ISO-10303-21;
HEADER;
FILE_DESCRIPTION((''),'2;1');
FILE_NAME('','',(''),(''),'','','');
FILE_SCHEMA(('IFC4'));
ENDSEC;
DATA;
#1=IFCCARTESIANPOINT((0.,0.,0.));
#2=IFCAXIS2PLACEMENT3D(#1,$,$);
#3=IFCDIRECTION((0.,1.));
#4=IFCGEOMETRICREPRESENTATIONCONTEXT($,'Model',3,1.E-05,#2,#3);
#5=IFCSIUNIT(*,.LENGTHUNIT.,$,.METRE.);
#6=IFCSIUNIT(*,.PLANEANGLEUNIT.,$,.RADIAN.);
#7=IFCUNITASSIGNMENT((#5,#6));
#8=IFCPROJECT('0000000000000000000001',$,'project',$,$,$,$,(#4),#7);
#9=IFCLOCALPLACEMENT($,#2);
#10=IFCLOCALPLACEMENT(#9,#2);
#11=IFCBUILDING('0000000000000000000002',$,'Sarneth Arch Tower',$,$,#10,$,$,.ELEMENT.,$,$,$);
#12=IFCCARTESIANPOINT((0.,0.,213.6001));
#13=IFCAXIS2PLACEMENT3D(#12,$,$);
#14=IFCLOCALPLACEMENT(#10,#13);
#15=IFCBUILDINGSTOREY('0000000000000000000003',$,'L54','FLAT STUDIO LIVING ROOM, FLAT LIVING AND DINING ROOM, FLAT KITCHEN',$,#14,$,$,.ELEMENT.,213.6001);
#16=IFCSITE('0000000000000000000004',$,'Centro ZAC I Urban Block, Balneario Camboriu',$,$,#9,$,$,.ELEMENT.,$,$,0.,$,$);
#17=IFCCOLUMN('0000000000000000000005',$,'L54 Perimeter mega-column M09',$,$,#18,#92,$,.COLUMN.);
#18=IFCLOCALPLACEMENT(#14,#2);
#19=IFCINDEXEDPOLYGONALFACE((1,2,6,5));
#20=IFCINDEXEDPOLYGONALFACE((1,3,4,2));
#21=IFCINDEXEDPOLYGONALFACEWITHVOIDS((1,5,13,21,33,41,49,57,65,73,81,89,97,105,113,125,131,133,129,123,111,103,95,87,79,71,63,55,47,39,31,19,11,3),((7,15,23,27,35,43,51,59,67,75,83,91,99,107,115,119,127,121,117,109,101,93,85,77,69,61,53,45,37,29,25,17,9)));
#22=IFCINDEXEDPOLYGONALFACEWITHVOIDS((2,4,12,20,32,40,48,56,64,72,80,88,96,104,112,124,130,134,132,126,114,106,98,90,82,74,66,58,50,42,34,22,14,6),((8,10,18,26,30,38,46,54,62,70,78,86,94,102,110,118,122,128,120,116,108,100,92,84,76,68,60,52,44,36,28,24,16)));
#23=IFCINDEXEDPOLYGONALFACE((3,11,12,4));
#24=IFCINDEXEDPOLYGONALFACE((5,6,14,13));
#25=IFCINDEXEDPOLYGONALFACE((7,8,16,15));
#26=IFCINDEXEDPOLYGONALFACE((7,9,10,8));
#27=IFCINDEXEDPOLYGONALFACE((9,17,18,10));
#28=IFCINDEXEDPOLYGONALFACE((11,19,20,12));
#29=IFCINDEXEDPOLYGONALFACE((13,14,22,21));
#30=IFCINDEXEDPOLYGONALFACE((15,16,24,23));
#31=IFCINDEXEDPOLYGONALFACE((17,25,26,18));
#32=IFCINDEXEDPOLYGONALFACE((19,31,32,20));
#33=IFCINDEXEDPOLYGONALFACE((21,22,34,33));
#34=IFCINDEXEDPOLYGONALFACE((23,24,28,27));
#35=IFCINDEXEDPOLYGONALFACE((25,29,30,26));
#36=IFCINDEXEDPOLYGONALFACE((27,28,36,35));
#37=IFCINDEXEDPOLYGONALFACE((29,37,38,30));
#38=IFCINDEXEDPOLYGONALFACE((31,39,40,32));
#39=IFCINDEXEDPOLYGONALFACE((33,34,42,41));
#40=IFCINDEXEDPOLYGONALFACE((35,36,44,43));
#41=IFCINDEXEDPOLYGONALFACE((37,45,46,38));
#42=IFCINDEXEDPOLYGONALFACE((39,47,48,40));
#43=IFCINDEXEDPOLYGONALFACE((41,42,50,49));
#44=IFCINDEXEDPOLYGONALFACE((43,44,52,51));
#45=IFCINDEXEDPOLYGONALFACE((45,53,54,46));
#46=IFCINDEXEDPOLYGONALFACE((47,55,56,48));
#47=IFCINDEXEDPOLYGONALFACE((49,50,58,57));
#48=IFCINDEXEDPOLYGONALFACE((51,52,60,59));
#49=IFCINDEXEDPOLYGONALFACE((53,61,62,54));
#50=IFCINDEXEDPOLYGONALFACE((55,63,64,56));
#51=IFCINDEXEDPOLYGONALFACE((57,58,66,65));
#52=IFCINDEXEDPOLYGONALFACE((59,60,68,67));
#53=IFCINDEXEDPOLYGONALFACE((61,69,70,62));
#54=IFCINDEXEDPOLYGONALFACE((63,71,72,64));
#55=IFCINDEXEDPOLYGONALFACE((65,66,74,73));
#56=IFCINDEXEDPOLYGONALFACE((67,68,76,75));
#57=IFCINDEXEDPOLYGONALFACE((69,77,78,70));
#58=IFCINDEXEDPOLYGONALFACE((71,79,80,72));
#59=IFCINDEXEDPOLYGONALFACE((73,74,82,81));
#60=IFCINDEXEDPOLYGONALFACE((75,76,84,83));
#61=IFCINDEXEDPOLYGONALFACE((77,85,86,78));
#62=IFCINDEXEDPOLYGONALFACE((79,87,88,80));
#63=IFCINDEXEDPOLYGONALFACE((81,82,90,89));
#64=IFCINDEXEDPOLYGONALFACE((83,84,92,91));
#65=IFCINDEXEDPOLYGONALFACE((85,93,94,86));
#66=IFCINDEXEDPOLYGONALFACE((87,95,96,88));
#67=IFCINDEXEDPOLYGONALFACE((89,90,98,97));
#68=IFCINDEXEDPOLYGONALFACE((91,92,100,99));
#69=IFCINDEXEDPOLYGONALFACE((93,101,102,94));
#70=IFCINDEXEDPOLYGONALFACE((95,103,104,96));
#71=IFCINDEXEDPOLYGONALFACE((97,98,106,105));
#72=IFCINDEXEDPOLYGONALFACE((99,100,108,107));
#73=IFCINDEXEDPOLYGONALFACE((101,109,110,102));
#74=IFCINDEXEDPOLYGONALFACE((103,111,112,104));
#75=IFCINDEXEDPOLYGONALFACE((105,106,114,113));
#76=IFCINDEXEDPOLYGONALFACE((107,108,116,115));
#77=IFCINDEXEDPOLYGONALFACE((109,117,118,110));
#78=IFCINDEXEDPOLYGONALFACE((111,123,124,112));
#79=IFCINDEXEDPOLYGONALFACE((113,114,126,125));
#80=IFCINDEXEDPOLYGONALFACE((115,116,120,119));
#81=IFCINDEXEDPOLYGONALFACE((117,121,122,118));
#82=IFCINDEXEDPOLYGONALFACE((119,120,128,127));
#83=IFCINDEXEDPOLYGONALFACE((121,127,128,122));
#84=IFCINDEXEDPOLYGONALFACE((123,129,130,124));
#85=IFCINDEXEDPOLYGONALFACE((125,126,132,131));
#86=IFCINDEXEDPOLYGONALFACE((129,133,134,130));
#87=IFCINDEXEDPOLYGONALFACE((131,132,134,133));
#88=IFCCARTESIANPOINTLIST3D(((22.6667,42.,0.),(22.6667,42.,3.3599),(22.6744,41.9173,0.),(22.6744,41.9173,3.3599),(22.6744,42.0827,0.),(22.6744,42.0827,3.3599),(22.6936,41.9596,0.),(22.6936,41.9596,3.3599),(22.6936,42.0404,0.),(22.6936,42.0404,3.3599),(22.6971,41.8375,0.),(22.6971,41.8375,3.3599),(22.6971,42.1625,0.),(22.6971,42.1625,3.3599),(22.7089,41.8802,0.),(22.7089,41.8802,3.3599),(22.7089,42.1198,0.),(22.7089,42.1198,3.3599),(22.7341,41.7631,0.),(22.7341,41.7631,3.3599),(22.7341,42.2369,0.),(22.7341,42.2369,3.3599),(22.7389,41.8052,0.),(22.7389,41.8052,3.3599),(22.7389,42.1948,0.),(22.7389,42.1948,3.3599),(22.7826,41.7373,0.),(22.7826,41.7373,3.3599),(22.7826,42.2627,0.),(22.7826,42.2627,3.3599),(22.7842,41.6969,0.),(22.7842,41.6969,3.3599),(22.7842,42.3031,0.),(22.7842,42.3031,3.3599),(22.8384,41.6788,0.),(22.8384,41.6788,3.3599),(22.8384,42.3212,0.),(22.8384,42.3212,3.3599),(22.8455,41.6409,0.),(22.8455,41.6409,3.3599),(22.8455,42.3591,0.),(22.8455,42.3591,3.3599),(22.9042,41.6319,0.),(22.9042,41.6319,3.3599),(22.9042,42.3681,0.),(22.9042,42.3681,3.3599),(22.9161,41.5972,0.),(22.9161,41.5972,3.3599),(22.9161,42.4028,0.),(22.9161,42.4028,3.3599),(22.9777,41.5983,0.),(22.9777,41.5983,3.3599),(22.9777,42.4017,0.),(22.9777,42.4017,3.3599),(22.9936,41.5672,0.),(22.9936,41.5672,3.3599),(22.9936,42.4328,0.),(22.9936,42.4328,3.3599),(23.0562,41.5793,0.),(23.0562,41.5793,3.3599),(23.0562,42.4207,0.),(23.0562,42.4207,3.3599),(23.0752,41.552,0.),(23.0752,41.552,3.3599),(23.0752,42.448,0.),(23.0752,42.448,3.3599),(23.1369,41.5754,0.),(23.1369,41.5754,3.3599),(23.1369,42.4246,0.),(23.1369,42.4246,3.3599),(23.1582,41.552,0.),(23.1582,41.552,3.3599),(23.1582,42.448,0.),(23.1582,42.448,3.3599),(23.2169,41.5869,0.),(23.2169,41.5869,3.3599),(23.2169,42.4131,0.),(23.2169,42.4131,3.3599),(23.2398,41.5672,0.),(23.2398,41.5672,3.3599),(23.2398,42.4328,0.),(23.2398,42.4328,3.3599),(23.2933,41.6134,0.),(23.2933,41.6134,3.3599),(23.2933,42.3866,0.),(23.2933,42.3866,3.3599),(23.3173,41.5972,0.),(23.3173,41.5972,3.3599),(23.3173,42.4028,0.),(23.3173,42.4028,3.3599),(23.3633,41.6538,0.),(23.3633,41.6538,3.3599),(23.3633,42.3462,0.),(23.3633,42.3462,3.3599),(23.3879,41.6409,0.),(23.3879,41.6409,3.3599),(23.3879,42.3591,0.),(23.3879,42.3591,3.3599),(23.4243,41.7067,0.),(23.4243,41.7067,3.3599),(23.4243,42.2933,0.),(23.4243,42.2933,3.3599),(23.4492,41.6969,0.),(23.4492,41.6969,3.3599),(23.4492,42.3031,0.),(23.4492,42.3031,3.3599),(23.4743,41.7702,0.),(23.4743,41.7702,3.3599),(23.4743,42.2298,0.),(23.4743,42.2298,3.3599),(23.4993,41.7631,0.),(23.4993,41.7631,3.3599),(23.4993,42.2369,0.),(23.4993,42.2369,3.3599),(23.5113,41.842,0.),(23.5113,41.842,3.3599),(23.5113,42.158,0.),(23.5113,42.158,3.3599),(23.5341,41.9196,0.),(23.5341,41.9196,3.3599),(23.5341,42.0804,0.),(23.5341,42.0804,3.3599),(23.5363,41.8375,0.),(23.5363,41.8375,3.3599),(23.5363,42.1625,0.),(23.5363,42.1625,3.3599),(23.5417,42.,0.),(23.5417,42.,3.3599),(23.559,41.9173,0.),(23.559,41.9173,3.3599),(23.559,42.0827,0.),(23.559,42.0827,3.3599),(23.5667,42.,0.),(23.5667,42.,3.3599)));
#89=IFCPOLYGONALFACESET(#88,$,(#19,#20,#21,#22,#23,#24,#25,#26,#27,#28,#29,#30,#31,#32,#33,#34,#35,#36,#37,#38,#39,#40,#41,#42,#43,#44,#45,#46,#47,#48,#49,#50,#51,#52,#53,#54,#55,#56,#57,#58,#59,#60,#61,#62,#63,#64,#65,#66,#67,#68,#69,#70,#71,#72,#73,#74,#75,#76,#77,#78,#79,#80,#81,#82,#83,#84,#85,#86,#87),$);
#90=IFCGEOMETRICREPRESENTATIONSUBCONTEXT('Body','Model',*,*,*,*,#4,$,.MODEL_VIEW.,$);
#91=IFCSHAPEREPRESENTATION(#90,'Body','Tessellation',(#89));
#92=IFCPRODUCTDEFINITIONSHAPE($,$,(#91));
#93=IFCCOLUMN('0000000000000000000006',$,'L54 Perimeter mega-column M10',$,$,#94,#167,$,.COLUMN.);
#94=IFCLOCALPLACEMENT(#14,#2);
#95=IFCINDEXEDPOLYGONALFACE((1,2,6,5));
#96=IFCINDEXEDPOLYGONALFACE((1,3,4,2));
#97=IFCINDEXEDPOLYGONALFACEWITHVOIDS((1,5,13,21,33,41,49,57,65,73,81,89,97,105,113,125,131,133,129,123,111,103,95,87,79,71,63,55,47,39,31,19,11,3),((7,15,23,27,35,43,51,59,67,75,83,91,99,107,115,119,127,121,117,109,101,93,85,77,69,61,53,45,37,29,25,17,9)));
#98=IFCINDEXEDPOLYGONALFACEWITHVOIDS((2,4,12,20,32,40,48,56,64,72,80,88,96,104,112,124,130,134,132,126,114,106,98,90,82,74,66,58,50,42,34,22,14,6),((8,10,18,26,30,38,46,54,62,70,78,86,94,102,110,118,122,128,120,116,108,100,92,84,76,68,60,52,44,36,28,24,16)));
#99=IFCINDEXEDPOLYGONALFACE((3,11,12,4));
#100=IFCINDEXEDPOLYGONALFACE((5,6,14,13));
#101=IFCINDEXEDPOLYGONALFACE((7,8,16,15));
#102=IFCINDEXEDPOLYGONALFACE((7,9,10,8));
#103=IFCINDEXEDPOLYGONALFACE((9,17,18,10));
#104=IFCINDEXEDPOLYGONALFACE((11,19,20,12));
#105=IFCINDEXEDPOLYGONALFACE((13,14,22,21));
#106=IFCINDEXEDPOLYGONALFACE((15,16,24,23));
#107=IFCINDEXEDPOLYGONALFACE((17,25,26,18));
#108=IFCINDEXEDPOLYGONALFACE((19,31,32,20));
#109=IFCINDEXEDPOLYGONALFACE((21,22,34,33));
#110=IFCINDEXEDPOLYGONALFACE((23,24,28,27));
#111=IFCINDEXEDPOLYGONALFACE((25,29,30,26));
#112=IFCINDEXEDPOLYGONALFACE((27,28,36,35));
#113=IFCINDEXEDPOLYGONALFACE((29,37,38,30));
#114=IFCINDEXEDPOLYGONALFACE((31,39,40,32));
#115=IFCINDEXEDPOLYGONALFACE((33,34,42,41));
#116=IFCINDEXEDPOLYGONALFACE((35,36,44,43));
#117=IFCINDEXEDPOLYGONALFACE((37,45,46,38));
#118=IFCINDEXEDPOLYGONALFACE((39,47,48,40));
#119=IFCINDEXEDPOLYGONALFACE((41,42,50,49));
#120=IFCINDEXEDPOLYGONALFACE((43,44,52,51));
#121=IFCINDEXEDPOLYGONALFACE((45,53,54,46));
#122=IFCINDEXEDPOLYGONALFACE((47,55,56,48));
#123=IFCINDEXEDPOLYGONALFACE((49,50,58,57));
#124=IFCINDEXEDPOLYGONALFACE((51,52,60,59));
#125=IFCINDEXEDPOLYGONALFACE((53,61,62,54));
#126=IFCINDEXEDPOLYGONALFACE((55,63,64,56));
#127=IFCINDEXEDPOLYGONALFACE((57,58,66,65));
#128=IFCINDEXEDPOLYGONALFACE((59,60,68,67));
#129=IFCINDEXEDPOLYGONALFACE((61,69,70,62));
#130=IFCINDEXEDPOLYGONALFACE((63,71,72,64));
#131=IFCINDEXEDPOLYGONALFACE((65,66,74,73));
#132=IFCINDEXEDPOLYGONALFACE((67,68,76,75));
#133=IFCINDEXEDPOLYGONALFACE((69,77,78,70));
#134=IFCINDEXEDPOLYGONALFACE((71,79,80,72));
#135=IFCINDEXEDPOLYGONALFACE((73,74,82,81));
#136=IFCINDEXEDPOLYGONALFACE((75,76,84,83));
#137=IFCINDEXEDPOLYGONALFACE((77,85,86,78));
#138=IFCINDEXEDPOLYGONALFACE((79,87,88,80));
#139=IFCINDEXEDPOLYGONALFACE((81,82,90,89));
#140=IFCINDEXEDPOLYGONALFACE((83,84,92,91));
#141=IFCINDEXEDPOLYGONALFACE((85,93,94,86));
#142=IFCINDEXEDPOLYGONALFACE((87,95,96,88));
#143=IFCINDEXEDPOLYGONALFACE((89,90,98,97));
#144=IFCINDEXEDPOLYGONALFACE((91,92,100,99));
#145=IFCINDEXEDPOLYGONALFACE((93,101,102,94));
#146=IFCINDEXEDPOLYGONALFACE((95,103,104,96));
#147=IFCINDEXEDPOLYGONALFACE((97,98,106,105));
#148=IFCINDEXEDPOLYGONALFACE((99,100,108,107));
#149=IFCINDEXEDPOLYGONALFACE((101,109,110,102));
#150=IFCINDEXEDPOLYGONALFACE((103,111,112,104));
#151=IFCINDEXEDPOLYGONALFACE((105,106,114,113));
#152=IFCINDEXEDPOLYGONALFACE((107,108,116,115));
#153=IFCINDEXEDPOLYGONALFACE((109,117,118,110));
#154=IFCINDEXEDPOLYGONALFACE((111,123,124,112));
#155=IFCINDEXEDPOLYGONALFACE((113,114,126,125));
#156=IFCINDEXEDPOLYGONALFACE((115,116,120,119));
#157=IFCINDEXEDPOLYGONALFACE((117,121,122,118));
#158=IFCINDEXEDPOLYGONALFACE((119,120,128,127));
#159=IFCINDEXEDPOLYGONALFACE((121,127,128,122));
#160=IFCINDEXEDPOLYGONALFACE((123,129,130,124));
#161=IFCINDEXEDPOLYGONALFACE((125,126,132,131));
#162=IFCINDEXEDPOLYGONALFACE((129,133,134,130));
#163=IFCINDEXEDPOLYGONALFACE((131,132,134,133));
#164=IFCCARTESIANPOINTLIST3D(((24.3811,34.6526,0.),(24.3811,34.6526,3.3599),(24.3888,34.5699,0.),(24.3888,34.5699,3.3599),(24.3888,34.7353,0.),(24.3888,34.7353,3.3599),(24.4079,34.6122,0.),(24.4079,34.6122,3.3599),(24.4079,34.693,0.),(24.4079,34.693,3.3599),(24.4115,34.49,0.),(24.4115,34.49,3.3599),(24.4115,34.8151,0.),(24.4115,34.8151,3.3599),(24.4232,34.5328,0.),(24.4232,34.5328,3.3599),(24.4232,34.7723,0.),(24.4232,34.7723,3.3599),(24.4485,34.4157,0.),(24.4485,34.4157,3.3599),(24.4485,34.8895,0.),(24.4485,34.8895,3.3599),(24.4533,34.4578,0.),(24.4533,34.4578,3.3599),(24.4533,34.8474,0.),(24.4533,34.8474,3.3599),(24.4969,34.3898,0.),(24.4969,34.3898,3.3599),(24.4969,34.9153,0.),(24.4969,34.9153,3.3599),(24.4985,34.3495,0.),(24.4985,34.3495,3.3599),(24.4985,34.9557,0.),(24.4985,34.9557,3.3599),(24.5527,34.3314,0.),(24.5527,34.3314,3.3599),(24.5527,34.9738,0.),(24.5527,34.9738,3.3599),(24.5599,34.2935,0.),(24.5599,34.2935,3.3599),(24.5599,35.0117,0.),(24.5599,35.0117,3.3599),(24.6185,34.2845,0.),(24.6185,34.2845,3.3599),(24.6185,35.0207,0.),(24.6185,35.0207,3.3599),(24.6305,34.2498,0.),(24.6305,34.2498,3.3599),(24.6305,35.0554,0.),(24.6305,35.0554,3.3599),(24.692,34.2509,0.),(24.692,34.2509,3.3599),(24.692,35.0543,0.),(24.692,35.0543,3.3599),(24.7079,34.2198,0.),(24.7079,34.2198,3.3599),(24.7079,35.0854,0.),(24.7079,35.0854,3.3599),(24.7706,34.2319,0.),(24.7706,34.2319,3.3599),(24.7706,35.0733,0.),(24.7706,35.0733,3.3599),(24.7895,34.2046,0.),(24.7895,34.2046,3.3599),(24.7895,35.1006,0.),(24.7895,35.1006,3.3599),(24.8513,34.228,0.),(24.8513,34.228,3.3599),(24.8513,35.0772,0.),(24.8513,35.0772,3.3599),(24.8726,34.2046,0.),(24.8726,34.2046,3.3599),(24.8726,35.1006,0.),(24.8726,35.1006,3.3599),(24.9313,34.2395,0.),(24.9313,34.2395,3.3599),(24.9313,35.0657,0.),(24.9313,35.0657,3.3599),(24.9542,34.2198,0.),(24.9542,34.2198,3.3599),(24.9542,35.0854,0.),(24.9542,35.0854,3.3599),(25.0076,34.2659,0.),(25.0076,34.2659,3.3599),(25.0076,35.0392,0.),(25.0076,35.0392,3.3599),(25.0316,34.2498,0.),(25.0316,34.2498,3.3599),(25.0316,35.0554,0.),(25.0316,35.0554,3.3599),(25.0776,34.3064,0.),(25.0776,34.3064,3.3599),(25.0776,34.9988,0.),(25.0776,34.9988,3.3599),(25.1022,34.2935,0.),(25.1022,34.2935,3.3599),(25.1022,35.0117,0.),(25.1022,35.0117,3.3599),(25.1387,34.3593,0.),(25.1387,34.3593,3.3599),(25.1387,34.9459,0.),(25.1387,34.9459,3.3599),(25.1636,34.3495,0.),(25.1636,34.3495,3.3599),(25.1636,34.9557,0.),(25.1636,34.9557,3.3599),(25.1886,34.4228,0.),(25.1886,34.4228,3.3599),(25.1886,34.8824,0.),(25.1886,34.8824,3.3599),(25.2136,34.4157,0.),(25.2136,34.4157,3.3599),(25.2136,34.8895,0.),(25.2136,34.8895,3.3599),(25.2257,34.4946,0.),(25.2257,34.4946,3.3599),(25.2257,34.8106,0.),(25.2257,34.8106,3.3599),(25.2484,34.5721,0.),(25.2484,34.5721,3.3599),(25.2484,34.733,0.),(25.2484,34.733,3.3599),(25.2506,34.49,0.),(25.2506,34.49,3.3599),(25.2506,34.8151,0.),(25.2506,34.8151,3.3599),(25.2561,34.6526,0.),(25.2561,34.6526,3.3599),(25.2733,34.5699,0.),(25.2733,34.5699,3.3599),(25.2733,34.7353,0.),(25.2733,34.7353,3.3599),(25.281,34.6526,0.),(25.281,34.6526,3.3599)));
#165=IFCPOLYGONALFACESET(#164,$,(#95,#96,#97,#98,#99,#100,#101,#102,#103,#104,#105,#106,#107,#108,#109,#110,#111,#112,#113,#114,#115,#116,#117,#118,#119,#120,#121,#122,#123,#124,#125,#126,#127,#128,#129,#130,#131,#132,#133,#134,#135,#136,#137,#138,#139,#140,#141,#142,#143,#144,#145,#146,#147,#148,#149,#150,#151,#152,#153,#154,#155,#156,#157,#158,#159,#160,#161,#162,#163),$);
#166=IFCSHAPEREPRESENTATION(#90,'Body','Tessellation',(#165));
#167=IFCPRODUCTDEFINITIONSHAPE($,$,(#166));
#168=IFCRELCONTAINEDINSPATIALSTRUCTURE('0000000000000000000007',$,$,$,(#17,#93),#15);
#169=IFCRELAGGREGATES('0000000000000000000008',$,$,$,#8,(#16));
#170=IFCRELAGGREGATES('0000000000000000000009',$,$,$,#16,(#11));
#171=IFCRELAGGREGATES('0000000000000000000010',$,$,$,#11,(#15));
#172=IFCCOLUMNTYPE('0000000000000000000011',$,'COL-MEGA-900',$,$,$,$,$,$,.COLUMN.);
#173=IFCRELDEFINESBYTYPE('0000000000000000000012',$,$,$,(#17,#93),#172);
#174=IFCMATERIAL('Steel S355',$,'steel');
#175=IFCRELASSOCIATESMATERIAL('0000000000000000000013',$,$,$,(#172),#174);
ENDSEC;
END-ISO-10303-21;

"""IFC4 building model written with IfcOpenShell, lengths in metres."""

from ifc_helpers import new_model, si_unit, direction, frame, origin, origin_2d, place, context, subcontext, project, spatial, hollow_circle, extrude, material, material_profile, profile_set, type_object, element, save


model = new_model("IFC4")

# Units and contexts
model_context = context("Model", 3, precision=1e-05, world=origin(), true_north=direction((0.0, 1.0)))
body_context = subcontext(model_context, "Body", "Model", "MODEL_VIEW")
ifc_project = project(units=[si_unit("LENGTHUNIT", "METRE"), si_unit("PLANEANGLEUNIT", "RADIAN")], contexts=[model_context])

# Site, building, storey
site_placement = place(None, origin())
site = spatial("IfcSite", under=ifc_project, at=site_placement, Name="Centro ZAC I Urban Block, Balneario Camboriu", CompositionType="ELEMENT", RefElevation=0.0)
building_placement = place(site_placement, origin())
building = spatial("IfcBuilding", under=site, at=building_placement, Name="Sarneth Arch Tower", CompositionType="ELEMENT")
storey_placement = place(building_placement, frame((0.0, 0.0, 213.6001)))
storey = spatial("IfcBuildingStorey", under=building, at=storey_placement, Name="L54", Description="FLAT STUDIO LIVING ROOM, FLAT LIVING AND DINING ROOM, FLAT KITCHEN", CompositionType="ELEMENT", Elevation=213.6001)

# Columns
ifc_material_1 = material(Name="Steel S355", Category="steel")
ifc_material_profile_1 = material_profile(ifc_material_1, hollow_circle(Radius=0.45, WallThickness=0.0249, at=origin_2d()), Name="CHS900x25")
ifc_profile_set_1 = profile_set([ifc_material_profile_1], Name="Steel S355")
column_type = type_object("IfcColumnType", Name="COL-MEGA-900", PredefinedType="COLUMN", material=ifc_profile_set_1)
for number, where, z_axis, x_axis, name in (
    (1, (23.1167, 42.0, 0.0), (0.0, 0.0, 1.0), (1.0, 0.0, 0.0), "L54 Perimeter mega-column M09"),
    (2, (24.8311, 34.6526, 0.0), (0.0, 0.0, 1.0), (1.0, 0.0, 0.0), "L54 Perimeter mega-column M10"),
):
    element("IfcColumn", number, at=place(storey_placement, frame(where, z_axis=z_axis, x_axis=x_axis)), inside=storey, type_object=column_type, Name=name, PredefinedType="COLUMN", context=body_context, shape_type="SweptSolid", body=[
        extrude(hollow_circle(Radius=0.45, WallThickness=0.0249, at=origin_2d()), origin(), (0.0, 0.0, 1.0), 3.3599),
    ])

save(model, "model.ifc")
